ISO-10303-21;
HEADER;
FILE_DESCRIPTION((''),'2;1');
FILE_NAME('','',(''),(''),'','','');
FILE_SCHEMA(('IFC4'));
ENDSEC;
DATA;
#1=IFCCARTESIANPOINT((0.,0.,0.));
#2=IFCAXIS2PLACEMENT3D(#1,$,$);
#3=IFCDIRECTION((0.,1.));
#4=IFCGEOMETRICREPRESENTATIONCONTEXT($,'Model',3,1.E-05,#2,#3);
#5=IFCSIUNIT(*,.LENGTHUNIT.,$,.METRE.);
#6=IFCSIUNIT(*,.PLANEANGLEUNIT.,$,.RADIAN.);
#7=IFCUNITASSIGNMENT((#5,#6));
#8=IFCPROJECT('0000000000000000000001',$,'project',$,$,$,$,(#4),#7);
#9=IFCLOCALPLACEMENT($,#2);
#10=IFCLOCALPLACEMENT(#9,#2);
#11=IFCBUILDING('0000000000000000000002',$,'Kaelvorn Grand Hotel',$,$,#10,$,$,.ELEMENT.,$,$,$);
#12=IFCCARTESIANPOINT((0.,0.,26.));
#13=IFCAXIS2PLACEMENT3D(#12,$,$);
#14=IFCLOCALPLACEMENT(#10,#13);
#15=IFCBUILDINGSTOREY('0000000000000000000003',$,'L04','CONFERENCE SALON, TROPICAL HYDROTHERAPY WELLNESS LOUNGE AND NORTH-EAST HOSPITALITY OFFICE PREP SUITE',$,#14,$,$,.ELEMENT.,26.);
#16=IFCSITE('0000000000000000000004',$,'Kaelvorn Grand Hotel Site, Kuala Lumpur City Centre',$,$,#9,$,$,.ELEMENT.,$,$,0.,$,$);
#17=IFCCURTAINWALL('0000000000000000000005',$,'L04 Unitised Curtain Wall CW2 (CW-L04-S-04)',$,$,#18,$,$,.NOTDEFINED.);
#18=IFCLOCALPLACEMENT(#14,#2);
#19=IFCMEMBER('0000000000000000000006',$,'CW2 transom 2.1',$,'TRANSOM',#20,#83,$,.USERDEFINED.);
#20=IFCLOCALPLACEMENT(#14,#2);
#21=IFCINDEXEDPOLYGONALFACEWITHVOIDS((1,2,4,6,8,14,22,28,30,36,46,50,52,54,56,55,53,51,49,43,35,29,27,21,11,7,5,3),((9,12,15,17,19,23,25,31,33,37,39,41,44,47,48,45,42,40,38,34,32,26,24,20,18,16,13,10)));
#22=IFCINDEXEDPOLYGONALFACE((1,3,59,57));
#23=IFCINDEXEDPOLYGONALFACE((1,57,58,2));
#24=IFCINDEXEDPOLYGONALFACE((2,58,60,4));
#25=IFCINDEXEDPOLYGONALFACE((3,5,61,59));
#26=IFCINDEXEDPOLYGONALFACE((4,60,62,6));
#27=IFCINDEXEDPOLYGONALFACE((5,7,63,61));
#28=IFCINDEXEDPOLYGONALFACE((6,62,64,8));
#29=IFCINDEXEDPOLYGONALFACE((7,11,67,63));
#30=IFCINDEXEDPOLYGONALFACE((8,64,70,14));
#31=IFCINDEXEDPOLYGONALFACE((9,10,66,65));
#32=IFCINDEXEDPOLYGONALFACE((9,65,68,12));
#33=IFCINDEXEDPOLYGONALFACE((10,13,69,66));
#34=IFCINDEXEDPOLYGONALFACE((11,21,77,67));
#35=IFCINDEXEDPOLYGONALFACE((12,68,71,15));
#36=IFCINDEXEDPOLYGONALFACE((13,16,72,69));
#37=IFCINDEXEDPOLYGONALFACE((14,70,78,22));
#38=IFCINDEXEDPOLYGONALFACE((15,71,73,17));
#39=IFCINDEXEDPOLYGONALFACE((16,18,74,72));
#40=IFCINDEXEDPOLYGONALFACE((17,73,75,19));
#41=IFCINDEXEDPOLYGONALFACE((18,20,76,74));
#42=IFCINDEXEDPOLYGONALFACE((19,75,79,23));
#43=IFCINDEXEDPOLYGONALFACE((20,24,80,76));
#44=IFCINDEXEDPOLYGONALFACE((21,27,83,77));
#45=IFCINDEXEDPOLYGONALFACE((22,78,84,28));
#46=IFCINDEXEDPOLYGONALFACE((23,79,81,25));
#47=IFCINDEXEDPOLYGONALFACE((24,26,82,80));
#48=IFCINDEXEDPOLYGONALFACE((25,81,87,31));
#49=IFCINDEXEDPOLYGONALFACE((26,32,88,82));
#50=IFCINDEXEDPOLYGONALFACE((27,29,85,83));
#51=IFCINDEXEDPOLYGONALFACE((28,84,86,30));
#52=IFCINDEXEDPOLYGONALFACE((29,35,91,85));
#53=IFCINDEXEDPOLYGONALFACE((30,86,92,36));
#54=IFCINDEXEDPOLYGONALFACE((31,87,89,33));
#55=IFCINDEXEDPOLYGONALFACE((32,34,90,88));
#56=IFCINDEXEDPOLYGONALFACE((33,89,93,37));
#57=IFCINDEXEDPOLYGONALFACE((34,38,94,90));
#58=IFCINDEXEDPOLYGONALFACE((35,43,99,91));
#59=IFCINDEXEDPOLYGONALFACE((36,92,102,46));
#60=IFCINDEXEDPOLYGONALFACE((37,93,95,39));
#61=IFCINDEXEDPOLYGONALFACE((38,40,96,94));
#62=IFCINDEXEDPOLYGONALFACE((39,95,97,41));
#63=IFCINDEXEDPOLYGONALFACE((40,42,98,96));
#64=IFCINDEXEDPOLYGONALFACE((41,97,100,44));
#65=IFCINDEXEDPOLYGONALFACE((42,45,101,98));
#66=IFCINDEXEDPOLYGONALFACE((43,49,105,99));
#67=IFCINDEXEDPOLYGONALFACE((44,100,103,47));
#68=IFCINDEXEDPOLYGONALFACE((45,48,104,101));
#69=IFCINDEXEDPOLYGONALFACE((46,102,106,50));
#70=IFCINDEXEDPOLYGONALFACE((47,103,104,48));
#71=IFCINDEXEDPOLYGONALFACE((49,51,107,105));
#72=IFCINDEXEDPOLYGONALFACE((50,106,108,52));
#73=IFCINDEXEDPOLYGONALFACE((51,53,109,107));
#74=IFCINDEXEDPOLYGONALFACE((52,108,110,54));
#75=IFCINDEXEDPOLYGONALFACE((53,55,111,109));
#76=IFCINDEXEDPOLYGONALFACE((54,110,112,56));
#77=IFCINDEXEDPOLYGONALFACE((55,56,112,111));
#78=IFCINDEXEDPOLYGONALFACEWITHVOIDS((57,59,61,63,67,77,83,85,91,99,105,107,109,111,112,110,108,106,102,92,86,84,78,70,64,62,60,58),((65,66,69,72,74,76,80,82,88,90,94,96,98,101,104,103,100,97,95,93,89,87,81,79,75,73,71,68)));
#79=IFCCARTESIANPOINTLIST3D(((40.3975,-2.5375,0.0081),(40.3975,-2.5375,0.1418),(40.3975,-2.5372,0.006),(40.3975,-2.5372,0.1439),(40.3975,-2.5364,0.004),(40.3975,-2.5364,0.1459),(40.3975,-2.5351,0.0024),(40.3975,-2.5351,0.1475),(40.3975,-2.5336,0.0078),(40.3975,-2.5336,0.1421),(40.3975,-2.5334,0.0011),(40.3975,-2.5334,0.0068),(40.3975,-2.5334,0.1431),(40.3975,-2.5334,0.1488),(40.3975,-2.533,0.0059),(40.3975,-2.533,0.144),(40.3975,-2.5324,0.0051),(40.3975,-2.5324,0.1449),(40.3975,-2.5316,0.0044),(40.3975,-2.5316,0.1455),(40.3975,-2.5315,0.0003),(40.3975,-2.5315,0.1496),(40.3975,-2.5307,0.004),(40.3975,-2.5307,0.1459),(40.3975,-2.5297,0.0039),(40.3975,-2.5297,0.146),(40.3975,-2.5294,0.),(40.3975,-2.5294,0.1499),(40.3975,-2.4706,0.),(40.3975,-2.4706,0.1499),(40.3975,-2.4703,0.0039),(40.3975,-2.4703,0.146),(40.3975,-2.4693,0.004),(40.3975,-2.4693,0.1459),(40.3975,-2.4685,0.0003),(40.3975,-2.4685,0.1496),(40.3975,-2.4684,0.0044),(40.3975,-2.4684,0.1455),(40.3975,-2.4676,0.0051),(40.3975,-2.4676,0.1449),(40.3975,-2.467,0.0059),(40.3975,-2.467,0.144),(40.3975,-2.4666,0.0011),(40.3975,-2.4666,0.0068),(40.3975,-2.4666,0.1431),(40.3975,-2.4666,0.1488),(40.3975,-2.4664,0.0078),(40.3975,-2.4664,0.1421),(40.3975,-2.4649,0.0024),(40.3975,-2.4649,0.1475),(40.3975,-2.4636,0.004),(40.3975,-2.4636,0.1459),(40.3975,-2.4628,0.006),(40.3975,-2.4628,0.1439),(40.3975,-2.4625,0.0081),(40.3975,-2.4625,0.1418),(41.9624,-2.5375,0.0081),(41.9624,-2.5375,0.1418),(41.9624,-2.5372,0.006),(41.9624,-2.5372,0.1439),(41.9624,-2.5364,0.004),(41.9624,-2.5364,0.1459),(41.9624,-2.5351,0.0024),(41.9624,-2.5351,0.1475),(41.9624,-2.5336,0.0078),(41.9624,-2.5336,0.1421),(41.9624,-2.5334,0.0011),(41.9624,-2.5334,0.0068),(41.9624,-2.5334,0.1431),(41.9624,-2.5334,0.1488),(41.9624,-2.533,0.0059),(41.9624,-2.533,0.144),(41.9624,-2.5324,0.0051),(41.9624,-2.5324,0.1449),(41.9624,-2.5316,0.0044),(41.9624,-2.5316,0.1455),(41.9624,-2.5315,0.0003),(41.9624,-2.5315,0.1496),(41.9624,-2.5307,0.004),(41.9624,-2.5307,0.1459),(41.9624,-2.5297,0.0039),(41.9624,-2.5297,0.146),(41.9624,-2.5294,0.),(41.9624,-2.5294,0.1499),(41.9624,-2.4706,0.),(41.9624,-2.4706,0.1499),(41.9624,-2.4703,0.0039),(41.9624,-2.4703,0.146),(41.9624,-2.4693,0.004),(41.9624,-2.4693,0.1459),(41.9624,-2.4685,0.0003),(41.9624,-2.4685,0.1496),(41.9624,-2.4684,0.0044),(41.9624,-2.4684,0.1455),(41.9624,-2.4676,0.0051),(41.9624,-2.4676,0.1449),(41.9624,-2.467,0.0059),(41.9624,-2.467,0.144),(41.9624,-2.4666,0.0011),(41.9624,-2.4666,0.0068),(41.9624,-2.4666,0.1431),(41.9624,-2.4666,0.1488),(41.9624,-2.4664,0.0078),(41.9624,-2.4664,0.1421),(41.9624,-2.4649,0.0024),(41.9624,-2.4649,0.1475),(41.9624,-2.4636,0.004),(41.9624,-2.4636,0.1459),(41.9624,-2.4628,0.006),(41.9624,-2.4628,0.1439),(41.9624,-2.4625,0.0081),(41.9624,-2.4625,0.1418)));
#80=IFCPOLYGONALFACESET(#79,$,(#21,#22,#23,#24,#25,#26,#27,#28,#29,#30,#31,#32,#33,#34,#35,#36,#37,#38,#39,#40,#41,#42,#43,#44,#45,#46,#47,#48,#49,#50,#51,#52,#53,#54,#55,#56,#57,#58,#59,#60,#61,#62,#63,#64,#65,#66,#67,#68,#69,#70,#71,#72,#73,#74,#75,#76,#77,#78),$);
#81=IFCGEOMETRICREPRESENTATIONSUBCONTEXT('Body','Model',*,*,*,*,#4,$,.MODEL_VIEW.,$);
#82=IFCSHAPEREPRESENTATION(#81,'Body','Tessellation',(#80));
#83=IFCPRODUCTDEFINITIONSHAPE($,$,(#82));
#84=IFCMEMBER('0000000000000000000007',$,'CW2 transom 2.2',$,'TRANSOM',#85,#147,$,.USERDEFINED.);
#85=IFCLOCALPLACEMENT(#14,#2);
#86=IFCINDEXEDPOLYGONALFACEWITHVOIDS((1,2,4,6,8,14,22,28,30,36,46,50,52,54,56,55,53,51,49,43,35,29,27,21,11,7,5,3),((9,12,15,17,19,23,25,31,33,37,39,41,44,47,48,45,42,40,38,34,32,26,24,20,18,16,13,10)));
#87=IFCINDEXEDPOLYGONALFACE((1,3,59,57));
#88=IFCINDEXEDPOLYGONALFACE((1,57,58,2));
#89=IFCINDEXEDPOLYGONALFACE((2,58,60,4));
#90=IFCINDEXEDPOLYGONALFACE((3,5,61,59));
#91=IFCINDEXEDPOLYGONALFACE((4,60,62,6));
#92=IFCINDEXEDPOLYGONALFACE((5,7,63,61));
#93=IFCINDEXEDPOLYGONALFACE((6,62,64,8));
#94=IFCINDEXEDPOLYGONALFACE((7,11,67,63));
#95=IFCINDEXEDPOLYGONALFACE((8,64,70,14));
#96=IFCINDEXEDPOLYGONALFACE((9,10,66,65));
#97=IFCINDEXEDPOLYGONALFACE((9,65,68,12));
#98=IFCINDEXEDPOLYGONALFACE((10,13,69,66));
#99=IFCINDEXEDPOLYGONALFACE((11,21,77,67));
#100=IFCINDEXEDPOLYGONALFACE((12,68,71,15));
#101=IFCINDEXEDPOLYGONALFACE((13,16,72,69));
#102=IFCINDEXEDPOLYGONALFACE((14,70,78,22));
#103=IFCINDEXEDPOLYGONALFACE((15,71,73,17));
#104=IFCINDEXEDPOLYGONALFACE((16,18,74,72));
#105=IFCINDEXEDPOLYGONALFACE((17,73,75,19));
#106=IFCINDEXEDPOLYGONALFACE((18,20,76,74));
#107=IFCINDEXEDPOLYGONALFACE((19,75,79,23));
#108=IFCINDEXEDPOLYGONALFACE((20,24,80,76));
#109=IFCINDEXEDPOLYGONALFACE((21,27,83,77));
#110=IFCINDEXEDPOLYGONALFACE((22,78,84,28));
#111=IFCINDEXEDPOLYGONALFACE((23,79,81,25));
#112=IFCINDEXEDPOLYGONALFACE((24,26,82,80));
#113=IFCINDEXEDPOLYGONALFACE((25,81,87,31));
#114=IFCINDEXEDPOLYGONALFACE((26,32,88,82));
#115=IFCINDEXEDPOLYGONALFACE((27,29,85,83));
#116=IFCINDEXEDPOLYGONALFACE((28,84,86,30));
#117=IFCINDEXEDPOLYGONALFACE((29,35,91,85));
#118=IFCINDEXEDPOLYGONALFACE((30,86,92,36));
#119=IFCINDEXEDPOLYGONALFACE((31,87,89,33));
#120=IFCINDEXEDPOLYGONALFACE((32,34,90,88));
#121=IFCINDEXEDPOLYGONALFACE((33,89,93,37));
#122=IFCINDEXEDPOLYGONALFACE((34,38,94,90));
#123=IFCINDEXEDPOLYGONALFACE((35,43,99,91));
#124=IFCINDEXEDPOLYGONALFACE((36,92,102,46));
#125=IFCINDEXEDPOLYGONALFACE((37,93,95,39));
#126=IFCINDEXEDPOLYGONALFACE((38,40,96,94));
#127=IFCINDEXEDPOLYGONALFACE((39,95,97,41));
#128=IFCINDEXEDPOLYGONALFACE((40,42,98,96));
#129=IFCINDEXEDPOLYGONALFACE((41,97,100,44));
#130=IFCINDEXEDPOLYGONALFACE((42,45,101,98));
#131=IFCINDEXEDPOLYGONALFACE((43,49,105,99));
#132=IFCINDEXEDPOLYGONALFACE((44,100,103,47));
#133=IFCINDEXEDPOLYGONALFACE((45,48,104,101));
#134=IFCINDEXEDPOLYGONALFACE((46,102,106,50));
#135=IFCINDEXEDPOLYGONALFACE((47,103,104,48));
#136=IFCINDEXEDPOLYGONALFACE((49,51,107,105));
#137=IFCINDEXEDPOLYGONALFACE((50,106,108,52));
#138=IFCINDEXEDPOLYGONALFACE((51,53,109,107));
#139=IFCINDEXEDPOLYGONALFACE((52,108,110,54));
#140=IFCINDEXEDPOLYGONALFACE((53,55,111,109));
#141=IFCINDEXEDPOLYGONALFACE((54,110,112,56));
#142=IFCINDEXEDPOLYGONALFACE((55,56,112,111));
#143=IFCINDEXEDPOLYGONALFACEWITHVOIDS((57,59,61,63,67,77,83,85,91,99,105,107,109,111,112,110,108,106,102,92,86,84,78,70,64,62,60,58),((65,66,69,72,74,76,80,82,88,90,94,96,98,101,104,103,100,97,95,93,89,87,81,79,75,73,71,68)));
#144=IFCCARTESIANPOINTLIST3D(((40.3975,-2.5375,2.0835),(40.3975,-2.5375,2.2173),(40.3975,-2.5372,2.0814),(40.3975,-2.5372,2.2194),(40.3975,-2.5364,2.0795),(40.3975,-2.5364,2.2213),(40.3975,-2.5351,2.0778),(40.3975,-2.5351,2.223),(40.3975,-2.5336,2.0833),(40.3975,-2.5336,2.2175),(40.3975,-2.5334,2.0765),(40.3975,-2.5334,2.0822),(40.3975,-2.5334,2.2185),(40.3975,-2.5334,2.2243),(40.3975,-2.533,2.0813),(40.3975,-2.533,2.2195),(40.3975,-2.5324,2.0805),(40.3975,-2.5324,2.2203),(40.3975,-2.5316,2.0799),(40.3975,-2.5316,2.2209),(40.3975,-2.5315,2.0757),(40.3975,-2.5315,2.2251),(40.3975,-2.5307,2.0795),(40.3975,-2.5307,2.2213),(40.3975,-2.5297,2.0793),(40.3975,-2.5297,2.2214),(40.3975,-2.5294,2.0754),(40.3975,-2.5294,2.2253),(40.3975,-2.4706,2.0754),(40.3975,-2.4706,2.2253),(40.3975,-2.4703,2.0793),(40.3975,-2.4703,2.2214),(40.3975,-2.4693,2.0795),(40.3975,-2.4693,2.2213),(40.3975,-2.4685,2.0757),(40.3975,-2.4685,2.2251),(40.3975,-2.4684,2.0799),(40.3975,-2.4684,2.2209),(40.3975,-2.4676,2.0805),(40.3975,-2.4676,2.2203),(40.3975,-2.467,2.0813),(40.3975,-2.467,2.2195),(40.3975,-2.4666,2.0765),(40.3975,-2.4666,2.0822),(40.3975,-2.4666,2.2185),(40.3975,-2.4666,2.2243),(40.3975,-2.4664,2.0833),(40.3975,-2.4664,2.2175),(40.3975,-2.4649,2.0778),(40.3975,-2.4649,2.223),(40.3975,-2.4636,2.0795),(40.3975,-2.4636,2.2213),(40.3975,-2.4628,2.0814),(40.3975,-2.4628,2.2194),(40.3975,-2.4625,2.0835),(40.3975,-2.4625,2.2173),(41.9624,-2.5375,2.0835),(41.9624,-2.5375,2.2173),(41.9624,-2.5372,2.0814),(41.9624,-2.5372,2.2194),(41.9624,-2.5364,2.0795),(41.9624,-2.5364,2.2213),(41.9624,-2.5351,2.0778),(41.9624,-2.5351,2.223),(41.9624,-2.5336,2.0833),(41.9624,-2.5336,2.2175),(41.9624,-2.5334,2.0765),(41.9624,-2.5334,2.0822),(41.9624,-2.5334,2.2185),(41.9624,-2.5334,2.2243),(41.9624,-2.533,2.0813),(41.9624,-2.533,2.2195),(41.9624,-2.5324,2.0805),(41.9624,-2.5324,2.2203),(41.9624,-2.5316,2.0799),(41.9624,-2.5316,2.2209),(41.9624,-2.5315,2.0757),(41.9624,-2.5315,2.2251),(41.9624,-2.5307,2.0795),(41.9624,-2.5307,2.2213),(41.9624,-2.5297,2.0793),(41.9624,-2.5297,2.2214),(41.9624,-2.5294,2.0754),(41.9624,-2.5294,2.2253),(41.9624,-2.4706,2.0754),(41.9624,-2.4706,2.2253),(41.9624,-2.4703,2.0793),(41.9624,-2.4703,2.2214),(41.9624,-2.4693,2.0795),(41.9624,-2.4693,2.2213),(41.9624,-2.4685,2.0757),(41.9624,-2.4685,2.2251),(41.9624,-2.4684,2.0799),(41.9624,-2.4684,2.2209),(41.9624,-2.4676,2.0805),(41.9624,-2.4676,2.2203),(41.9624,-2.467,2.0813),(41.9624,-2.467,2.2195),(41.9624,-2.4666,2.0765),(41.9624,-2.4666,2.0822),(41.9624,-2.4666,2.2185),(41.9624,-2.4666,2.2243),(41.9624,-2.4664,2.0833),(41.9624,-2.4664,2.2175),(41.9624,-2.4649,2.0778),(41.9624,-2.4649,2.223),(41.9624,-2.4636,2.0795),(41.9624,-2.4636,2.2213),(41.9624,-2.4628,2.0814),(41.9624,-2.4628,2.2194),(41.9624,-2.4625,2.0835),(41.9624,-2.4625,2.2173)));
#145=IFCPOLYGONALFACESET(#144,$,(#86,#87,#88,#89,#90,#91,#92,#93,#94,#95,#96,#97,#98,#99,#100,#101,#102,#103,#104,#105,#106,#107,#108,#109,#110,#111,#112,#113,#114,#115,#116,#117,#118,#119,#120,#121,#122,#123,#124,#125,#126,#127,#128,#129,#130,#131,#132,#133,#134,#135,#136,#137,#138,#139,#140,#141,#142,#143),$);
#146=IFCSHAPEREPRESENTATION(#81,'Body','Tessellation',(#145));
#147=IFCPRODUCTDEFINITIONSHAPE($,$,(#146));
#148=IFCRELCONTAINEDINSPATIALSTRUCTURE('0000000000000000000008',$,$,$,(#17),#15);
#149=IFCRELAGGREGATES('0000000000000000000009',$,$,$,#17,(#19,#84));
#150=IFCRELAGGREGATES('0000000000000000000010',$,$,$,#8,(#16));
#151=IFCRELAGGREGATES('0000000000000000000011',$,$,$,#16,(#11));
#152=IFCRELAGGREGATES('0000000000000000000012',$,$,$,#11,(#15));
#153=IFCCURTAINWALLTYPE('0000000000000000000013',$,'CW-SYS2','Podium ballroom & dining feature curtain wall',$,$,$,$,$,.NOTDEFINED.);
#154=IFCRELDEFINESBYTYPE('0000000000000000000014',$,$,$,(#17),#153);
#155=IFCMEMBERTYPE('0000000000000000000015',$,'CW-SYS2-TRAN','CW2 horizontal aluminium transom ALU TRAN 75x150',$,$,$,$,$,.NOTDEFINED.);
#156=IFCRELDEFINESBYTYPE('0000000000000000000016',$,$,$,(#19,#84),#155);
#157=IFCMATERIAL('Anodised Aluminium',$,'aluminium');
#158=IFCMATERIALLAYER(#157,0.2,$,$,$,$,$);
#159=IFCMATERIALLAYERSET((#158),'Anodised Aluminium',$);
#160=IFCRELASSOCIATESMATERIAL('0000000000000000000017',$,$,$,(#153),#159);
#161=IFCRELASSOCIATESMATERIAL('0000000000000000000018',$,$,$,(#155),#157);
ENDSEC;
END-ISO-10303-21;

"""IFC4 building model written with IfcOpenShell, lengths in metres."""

from ifc_helpers import new_model, si_unit, direction, frame, origin, origin_2d, place, context, subcontext, project, spatial, hollow_rectangle, extrude, material, layer, layer_set, material_profile, profile_set, type_object, element, aggregate, save


model = new_model("IFC4")

# Units and contexts
model_context = context("Model", 3, precision=1e-05, world=origin(), true_north=direction((0.0, 1.0)))
body_context = subcontext(model_context, "Body", "Model", "MODEL_VIEW")
ifc_project = project(units=[si_unit("LENGTHUNIT", "METRE"), si_unit("PLANEANGLEUNIT", "RADIAN")], contexts=[model_context])

# Site, building, storey
site_placement = place(None, origin())
site = spatial("IfcSite", under=ifc_project, at=site_placement, Name="Kaelvorn Grand Hotel Site, Kuala Lumpur City Centre", CompositionType="ELEMENT", RefElevation=0.0)
building_placement = place(site_placement, origin())
building = spatial("IfcBuilding", under=site, at=building_placement, Name="Kaelvorn Grand Hotel", CompositionType="ELEMENT")
storey_placement = place(building_placement, frame((0.0, 0.0, 26.0)))
storey = spatial("IfcBuildingStorey", under=building, at=storey_placement, Name="L04", Description="CONFERENCE SALON, TROPICAL HYDROTHERAPY WELLNESS LOUNGE AND NORTH-EAST HOSPITALITY OFFICE PREP SUITE", CompositionType="ELEMENT", Elevation=26.0)

# Curtain wall
ifc_material_1 = material(Name="Anodised Aluminium", Category="aluminium")
ifc_layer_1 = layer(ifc_material_1, 0.2)
ifc_layer_set_1 = layer_set([ifc_layer_1], Name="Anodised Aluminium")
curtain_wall_type = type_object("IfcCurtainWallType", Name="CW-SYS2", Description="Podium ballroom & dining feature curtain wall", PredefinedType="NOTDEFINED", material=ifc_layer_set_1)
curtain_wall_1_placement = place(storey_placement, origin())
curtain_wall_1 = element("IfcCurtainWall", 1, at=curtain_wall_1_placement, inside=storey, type_object=curtain_wall_type, Name="L04 Unitised Curtain Wall CW2 (CW-L04-S-04)", PredefinedType="NOTDEFINED")

# Members
ifc_material_profile_1 = material_profile(ifc_material_1, hollow_rectangle(XDim=0.075, YDim=0.1499, WallThickness=0.0039, InnerFilletRadius=0.0039, OuterFilletRadius=0.0081, at=origin_2d()), Name="ALU TRAN 75x150")
ifc_profile_set_1 = profile_set([ifc_material_profile_1], Name="Anodised Aluminium")
member_type_1 = type_object("IfcMemberType", Name="CW-SYS2-TRAN", Description="CW2 horizontal aluminium transom ALU TRAN 75x150", PredefinedType="NOTDEFINED", material=ifc_profile_set_1)
member_1_placement = place(storey_placement, frame((40.3975, -2.5, 0.075), z_axis=(1.0, 0.0, 0.0), x_axis=(0.0, 1.0, 0.0)))
member_1 = element("IfcMember", 2, at=member_1_placement, type_object=member_type_1, Name="CW2 transom 2.1", ObjectType="TRANSOM", PredefinedType="USERDEFINED", context=body_context, shape_type="SweptSolid", body=[
    extrude(hollow_rectangle(XDim=0.075, YDim=0.1499, WallThickness=0.0039, InnerFilletRadius=0.0039, OuterFilletRadius=0.0081, at=origin_2d()), origin(), (0.0, 0.0, 1.0), 1.5649),
])
member_2_placement = place(storey_placement, frame((40.3975, -2.5, 2.1504), z_axis=(1.0, 0.0, 0.0), x_axis=(0.0, 1.0, 0.0)))
member_2 = element("IfcMember", 3, at=member_2_placement, type_object=member_type_1, Name="CW2 transom 2.2", ObjectType="TRANSOM", PredefinedType="USERDEFINED", context=body_context, shape_type="SweptSolid", body=[
    extrude(hollow_rectangle(XDim=0.075, YDim=0.1499, WallThickness=0.0039, InnerFilletRadius=0.0039, OuterFilletRadius=0.0081, at=origin_2d()), origin(), (0.0, 0.0, 1.0), 1.5649),
])

aggregate(curtain_wall_1, [member_1, member_2])

save(model, "model.ifc")
